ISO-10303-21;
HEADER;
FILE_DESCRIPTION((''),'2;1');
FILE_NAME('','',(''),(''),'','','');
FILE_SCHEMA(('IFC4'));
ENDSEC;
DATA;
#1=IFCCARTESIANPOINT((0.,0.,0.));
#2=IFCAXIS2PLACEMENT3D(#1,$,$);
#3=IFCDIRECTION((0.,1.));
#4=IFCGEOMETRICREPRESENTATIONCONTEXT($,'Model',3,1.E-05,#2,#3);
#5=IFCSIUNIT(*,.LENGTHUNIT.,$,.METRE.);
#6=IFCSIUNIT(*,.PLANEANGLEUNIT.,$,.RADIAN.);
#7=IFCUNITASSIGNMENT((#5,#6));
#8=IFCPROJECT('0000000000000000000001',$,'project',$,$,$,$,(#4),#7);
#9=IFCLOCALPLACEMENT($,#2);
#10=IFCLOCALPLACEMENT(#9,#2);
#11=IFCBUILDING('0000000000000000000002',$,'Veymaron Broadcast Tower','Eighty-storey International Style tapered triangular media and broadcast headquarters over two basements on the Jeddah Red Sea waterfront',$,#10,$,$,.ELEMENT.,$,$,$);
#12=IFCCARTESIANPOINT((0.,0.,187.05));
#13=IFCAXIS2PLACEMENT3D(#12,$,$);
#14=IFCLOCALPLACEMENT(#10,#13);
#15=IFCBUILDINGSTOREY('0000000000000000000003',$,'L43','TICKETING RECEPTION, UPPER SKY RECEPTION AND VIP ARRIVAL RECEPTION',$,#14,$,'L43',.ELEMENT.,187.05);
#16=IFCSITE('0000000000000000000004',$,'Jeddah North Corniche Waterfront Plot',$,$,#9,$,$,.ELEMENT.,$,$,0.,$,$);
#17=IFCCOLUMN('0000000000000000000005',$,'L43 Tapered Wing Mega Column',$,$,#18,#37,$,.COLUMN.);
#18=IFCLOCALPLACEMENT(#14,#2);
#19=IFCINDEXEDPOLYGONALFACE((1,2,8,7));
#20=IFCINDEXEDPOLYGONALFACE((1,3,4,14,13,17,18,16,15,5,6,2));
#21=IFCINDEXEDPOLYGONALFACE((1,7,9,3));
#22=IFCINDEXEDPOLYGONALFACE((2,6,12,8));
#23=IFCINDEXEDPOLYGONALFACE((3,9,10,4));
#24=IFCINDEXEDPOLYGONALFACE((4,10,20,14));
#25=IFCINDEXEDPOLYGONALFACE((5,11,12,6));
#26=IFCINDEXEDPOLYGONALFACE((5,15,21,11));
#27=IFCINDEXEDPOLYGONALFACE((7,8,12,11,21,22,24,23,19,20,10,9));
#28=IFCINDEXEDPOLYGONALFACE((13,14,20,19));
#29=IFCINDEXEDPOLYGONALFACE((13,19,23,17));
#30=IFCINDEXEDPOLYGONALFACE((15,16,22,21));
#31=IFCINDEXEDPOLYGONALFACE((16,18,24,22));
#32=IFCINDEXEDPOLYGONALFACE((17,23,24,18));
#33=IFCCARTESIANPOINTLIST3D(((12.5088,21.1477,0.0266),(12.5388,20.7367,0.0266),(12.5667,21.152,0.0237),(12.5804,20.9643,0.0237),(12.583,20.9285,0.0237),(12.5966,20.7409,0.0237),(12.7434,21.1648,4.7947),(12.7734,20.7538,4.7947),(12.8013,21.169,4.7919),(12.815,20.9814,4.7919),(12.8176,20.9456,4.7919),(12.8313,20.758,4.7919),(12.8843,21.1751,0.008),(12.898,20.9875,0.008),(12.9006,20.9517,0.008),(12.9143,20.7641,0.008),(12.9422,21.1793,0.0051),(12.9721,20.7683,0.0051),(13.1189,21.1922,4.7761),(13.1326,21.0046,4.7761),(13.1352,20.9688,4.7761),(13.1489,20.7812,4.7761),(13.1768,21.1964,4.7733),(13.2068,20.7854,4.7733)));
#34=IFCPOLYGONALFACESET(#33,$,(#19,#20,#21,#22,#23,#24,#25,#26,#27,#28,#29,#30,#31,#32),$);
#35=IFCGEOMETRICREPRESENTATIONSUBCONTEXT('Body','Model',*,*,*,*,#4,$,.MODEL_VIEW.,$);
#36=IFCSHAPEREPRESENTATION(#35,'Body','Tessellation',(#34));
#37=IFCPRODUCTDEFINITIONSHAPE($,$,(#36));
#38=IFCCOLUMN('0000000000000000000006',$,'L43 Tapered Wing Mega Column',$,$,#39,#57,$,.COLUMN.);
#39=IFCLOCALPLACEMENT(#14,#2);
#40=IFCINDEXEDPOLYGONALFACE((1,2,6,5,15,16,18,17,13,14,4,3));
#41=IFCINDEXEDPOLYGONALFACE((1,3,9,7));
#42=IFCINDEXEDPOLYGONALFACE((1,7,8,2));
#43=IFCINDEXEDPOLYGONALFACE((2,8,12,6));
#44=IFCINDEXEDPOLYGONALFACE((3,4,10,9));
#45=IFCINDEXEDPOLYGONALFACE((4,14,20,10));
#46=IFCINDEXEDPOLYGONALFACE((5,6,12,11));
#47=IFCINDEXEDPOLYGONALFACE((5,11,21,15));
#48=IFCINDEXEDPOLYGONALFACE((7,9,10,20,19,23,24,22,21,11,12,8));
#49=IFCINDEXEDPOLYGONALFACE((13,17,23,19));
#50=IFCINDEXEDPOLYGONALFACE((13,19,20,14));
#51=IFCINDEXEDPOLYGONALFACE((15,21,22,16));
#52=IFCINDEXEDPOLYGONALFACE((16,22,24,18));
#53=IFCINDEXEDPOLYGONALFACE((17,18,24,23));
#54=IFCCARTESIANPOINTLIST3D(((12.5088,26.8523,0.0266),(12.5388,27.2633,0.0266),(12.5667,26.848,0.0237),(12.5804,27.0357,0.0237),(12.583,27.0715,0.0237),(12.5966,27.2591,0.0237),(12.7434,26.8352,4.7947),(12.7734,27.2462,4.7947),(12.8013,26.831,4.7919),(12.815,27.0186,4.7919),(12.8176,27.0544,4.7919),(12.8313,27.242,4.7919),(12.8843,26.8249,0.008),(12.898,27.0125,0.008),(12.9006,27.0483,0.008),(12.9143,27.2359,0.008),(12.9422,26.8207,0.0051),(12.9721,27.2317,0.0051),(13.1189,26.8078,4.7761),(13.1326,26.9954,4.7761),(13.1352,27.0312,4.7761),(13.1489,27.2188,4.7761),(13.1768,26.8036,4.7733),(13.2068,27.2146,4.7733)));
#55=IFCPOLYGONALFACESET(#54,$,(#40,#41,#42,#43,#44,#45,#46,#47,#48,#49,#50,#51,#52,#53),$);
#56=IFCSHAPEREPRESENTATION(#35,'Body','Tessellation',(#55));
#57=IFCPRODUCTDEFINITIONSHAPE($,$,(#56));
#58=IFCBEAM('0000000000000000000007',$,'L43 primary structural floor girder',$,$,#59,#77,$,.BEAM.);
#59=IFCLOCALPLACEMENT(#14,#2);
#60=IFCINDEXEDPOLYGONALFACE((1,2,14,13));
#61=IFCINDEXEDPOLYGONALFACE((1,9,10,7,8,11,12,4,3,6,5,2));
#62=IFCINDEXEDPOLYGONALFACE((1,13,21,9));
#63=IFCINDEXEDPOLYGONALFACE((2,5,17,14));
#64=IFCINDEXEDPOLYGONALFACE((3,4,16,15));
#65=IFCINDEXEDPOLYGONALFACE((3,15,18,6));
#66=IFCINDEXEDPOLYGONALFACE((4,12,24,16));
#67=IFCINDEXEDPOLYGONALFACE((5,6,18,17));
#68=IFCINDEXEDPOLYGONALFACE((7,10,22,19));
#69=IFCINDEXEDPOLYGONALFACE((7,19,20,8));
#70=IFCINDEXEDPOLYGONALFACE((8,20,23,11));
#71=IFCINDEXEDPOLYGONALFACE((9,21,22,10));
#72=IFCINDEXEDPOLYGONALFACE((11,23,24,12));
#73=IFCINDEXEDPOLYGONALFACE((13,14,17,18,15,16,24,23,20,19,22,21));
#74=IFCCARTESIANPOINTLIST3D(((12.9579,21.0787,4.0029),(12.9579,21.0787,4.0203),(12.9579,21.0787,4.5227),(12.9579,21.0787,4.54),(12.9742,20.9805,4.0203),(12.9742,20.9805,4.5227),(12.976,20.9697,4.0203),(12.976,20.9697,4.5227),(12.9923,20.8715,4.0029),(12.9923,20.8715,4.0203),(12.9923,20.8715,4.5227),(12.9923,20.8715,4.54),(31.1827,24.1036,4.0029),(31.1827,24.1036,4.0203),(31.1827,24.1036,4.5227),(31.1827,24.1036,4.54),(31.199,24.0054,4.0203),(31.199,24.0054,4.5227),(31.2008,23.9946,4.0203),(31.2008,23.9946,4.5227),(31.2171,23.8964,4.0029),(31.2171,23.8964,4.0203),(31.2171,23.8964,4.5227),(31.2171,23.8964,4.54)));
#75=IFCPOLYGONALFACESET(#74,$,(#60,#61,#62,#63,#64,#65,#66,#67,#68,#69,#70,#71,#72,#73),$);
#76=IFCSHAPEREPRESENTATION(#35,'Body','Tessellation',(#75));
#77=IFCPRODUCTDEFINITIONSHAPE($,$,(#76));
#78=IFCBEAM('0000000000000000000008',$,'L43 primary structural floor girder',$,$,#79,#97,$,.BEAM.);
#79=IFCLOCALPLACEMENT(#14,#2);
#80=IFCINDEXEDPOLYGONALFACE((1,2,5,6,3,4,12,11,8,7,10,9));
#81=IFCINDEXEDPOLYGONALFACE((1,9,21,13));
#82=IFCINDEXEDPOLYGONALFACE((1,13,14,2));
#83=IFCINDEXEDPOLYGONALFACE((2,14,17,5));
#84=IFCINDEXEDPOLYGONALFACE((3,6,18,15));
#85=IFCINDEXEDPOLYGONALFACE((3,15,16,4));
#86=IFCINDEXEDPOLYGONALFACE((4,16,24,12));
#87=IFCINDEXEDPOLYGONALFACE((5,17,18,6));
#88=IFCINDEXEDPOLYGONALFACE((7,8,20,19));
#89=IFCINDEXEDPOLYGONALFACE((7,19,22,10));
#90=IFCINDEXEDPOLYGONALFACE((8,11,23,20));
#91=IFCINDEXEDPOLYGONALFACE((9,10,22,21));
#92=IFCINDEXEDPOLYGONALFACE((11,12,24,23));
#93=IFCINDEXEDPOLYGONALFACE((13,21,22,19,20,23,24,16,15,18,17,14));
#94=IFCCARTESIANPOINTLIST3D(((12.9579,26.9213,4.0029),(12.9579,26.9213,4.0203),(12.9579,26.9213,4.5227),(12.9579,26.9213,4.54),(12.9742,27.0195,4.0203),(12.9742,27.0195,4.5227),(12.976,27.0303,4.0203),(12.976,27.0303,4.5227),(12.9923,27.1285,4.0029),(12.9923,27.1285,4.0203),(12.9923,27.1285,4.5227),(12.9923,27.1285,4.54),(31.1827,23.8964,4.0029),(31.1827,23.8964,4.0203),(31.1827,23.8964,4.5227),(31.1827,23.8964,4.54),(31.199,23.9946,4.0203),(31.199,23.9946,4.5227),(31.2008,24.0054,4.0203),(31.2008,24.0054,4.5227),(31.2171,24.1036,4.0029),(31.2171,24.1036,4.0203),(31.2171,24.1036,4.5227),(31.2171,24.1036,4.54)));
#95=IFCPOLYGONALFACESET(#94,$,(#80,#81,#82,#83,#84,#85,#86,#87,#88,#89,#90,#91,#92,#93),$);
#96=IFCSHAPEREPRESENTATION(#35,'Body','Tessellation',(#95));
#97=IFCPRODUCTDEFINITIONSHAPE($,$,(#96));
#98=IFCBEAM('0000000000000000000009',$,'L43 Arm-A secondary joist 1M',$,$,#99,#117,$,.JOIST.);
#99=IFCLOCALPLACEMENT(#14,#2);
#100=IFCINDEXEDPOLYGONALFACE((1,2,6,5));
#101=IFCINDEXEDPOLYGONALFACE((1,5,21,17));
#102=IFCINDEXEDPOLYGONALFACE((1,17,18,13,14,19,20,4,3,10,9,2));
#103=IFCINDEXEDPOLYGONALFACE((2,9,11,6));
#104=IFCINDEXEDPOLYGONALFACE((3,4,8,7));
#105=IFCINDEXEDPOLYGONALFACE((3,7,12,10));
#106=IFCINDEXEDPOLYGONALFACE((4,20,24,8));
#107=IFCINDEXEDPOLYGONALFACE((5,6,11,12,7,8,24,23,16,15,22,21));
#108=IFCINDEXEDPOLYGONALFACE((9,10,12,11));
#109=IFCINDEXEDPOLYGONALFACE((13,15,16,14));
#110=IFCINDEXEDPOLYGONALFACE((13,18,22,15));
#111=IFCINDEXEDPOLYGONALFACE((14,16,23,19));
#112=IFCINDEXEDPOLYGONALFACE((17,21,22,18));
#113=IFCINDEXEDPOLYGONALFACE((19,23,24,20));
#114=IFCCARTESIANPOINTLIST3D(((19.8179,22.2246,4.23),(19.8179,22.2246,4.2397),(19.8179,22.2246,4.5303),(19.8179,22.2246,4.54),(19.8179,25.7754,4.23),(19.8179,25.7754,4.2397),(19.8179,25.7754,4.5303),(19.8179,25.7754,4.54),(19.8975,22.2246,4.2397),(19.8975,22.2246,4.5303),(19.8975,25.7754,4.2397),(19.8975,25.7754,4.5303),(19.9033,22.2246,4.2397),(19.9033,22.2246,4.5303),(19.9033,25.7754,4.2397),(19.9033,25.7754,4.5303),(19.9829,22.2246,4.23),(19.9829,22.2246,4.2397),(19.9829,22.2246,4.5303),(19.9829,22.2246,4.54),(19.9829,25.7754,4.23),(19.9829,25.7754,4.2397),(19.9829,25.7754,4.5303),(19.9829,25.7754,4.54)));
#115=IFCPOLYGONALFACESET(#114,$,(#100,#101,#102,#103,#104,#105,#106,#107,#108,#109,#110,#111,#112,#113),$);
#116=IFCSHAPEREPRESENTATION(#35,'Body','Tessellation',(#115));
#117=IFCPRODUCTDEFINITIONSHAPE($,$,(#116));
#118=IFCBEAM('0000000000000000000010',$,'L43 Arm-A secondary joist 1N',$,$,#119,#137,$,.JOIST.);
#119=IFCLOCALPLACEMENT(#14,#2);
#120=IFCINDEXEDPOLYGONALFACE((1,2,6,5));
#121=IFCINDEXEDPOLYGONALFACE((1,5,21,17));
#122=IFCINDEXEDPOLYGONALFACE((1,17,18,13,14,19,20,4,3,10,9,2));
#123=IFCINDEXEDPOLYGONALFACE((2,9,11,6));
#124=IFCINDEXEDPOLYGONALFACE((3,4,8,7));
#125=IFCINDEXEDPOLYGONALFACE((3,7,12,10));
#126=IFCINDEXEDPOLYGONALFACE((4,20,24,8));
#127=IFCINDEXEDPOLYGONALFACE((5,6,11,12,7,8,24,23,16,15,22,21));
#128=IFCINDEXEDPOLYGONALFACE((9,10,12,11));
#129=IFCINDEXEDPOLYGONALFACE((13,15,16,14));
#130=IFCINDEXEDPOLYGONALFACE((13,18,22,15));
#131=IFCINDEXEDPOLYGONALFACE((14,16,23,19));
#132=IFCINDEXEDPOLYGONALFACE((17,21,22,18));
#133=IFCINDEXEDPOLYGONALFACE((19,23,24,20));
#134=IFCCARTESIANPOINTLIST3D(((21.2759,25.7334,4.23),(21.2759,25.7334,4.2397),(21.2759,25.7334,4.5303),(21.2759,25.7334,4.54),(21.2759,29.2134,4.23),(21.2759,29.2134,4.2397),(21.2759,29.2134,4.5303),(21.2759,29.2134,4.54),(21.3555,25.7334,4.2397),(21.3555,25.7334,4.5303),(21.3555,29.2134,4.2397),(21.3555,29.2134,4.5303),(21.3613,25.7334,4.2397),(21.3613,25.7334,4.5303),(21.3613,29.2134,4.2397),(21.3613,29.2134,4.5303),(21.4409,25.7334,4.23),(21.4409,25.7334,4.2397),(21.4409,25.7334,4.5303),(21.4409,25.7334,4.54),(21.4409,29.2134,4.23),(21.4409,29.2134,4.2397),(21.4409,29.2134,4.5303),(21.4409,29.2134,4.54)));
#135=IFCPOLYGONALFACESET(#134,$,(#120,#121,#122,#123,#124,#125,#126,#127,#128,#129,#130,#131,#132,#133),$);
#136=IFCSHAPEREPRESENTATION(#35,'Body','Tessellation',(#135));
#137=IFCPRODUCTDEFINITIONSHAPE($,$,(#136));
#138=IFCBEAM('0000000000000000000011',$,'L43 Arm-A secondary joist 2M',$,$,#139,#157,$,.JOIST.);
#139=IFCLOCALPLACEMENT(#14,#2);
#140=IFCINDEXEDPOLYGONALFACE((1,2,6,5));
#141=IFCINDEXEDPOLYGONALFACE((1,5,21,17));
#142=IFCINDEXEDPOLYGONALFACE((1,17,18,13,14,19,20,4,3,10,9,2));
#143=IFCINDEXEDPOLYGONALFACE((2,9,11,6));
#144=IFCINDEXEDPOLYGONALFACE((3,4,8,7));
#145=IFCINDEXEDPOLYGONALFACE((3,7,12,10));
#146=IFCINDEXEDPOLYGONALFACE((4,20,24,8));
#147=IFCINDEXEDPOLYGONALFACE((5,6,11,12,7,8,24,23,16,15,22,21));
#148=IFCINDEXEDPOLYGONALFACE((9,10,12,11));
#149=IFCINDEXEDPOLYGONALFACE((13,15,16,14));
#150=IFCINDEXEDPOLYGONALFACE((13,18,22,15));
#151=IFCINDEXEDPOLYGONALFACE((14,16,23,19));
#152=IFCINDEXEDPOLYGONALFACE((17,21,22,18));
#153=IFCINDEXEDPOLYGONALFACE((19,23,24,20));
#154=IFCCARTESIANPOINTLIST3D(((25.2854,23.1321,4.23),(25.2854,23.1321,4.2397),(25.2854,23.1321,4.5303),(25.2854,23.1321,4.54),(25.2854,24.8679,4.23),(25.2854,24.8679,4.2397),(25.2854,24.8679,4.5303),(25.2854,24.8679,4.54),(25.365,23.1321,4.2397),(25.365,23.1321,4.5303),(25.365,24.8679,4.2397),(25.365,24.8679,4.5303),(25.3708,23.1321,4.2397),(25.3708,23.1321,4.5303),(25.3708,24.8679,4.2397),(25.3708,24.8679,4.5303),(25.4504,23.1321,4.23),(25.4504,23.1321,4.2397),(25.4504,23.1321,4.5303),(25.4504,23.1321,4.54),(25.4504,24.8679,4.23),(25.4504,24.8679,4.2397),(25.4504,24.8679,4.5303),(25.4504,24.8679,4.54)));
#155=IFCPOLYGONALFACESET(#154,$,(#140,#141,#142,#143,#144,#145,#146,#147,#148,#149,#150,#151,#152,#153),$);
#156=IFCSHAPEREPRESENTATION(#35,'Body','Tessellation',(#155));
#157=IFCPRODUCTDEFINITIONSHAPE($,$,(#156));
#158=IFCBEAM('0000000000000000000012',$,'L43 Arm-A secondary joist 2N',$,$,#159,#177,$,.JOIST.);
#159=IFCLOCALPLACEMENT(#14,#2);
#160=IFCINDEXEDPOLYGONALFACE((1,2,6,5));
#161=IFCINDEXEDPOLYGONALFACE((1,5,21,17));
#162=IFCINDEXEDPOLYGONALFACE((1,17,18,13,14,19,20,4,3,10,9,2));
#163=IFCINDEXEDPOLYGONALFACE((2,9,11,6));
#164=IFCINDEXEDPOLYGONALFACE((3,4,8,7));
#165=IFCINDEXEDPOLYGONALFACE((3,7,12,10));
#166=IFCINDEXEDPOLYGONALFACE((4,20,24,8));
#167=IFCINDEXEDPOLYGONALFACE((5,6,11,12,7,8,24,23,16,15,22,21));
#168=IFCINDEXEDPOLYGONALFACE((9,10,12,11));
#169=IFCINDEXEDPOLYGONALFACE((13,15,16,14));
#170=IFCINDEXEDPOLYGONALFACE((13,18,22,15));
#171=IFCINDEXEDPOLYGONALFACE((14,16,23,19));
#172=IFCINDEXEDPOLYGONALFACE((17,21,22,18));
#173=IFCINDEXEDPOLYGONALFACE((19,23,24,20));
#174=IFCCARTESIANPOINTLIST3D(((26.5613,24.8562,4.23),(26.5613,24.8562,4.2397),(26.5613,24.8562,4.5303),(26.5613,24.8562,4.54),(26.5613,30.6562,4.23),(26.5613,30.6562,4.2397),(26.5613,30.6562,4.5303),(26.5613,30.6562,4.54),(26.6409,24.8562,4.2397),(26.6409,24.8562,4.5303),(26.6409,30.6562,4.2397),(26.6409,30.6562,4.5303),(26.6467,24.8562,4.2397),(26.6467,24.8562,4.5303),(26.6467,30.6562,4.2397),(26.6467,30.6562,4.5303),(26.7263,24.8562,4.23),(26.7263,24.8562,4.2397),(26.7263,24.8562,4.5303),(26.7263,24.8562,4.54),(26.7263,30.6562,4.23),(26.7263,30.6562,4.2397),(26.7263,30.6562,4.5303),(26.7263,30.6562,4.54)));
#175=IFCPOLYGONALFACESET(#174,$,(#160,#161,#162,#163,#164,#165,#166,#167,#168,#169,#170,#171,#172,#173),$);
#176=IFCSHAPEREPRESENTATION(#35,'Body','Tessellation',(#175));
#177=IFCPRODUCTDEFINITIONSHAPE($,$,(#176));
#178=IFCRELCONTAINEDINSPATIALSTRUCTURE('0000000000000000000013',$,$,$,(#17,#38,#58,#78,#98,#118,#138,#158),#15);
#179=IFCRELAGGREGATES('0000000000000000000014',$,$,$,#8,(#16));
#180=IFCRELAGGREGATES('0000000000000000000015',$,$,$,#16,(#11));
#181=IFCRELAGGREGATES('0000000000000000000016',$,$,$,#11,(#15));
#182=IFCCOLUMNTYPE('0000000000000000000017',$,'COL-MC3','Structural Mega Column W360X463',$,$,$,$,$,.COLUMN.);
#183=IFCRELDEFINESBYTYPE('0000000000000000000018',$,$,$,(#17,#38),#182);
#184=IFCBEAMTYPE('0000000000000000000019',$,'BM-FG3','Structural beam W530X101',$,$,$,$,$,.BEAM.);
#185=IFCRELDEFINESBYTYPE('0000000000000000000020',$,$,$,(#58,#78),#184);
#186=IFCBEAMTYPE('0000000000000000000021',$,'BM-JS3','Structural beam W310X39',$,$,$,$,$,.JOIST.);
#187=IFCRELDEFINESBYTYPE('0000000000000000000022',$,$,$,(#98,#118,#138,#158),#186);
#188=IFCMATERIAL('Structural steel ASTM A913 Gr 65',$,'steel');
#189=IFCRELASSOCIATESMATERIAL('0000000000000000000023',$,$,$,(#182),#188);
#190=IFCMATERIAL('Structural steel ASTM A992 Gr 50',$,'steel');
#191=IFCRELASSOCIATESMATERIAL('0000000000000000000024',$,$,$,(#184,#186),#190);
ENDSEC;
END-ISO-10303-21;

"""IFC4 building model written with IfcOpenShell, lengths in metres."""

from ifc_helpers import new_model, si_unit, direction, frame, origin, origin_2d, place, context, subcontext, project, spatial, i_section, extrude, material, material_profile, profile_set, type_object, element, save


model = new_model("IFC4")

# Units and contexts
model_context = context("Model", 3, precision=1e-05, world=origin(), true_north=direction((0.0, 1.0)))
body_context = subcontext(model_context, "Body", "Model", "MODEL_VIEW")
ifc_project = project(units=[si_unit("LENGTHUNIT", "METRE"), si_unit("PLANEANGLEUNIT", "RADIAN")], contexts=[model_context])

# Site, building, storey
site_placement = place(None, origin())
site = spatial("IfcSite", under=ifc_project, at=site_placement, Name="Jeddah North Corniche Waterfront Plot", CompositionType="ELEMENT", RefElevation=0.0)
building_placement = place(site_placement, origin())
building = spatial("IfcBuilding", under=site, at=building_placement, Name="Veymaron Broadcast Tower", Description="Eighty-storey International Style tapered triangular media and broadcast headquarters over two basements on the Jeddah Red Sea waterfront", CompositionType="ELEMENT")
storey_placement = place(building_placement, frame((0.0, 0.0, 187.05)))
storey = spatial("IfcBuildingStorey", under=building, at=storey_placement, Name="L43", Description="TICKETING RECEPTION, UPPER SKY RECEPTION AND VIP ARRIVAL RECEPTION", LongName="L43", CompositionType="ELEMENT", Elevation=187.05)

# Columns
ifc_material_1 = material(Name="Structural steel ASTM A913 Gr 65", Category="steel")
ifc_material_profile_1 = material_profile(ifc_material_1, i_section(OverallWidth=0.4121, OverallDepth=0.4351, WebThickness=0.0359, FlangeThickness=0.0581, at=origin_2d()), Name="W360X463")
ifc_profile_set_1 = profile_set([ifc_material_profile_1], Name="Structural steel ASTM A913 Gr 65")
column_type = type_object("IfcColumnType", Name="COL-MC3", Description="Structural Mega Column W360X463", PredefinedType="COLUMN", material=ifc_profile_set_1)
for number, where, z_axis, x_axis, name in (
    (1, (12.7405, 20.958, 0.0159), (0.049147, 0.00358, 0.998785), (-0.072648, 0.997358, 0.0), "L43 Tapered Wing Mega Column"),
    (2, (12.7405, 27.042, 0.0159), (0.049147, -0.00358, 0.998785), (0.072648, 0.997358, 0.0), "L43 Tapered Wing Mega Column"),
):
    element("IfcColumn", number, at=place(storey_placement, frame(where, z_axis=z_axis, x_axis=x_axis)), inside=storey, type_object=column_type, Name=name, PredefinedType="COLUMN", context=body_context, shape_type="SweptSolid", body=[
        extrude(i_section(OverallWidth=0.4121, OverallDepth=0.4351, WebThickness=0.0359, FlangeThickness=0.0581, at=origin_2d()), origin(), (0.0, 0.0, 1.0), 4.7739),
    ])

# Beams
ifc_material_2 = material(Name="Structural steel ASTM A992 Gr 50", Category="steel")
ifc_material_profile_2 = material_profile(ifc_material_2, i_section(OverallWidth=0.21, OverallDepth=0.5371, WebThickness=0.011, FlangeThickness=0.0173, at=origin_2d()), Name="W530X101")
ifc_profile_set_2 = profile_set([ifc_material_profile_2], Name="Structural steel ASTM A992 Gr 50")
beam_type_1 = type_object("IfcBeamType", Name="BM-FG3", Description="Structural beam W530X101", PredefinedType="BEAM", material=ifc_profile_set_2)
for number, where, z_axis, x_axis, name in (
    (3, (12.9751, 20.9751, 4.2715), (0.986504, 0.163737, 0.0), (-0.163737, 0.986504, 0.0), "L43 primary structural floor girder"),
    (4, (12.9751, 27.0249, 4.2715), (0.986504, -0.163737, 0.0), (0.163737, 0.986504, 0.0), "L43 primary structural floor girder"),
):
    element("IfcBeam", number, at=place(storey_placement, frame(where, z_axis=z_axis, x_axis=x_axis)), inside=storey, type_object=beam_type_1, Name=name, PredefinedType="BEAM", context=body_context, shape_type="SweptSolid", body=[
        extrude(i_section(OverallWidth=0.21, OverallDepth=0.5371, WebThickness=0.011, FlangeThickness=0.0173, at=origin_2d()), origin(), (0.0, 0.0, 1.0), 18.4741),
    ])
ifc_material_profile_3 = material_profile(ifc_material_2, i_section(OverallWidth=0.165, OverallDepth=0.3101, WebThickness=0.0059, FlangeThickness=0.0098, at=origin_2d()), Name="W310X39")
ifc_profile_set_3 = profile_set([ifc_material_profile_3], Name="Structural steel ASTM A992 Gr 50")
beam_type_2 = type_object("IfcBeamType", Name="BM-JS3", Description="Structural beam W310X39", PredefinedType="JOIST", material=ifc_profile_set_3)
beam_1_placement = place(storey_placement, frame((19.9004, 22.2246, 4.385), z_axis=(0.0, 1.0, 0.0), x_axis=(-1.0, 0.0, 0.0)))
element("IfcBeam", 5, at=beam_1_placement, inside=storey, type_object=beam_type_2, Name="L43 Arm-A secondary joist 1M", PredefinedType="JOIST", context=body_context, shape_type="SweptSolid", body=[
    extrude(i_section(OverallWidth=0.165, OverallDepth=0.3101, WebThickness=0.0059, FlangeThickness=0.0098, at=origin_2d()), origin(), (0.0, 0.0, 1.0), 3.5508),
])
beam_2_placement = place(storey_placement, frame((21.3584, 25.7334, 4.385), z_axis=(0.0, 1.0, 0.0), x_axis=(-1.0, 0.0, 0.0)))
element("IfcBeam", 6, at=beam_2_placement, inside=storey, type_object=beam_type_2, Name="L43 Arm-A secondary joist 1N", PredefinedType="JOIST", context=body_context, shape_type="SweptSolid", body=[
    extrude(i_section(OverallWidth=0.165, OverallDepth=0.3101, WebThickness=0.0059, FlangeThickness=0.0098, at=origin_2d()), origin(), (0.0, 0.0, 1.0), 3.48),
])
beam_3_placement = place(storey_placement, frame((25.3679, 23.1321, 4.385), z_axis=(0.0, 1.0, 0.0), x_axis=(-1.0, 0.0, 0.0)))
element("IfcBeam", 7, at=beam_3_placement, inside=storey, type_object=beam_type_2, Name="L43 Arm-A secondary joist 2M", PredefinedType="JOIST", context=body_context, shape_type="SweptSolid", body=[
    extrude(i_section(OverallWidth=0.165, OverallDepth=0.3101, WebThickness=0.0059, FlangeThickness=0.0098, at=origin_2d()), origin(), (0.0, 0.0, 1.0), 1.7358),
])
beam_4_placement = place(storey_placement, frame((26.6438, 24.8562, 4.385), z_axis=(0.0, 1.0, 0.0), x_axis=(-1.0, 0.0, 0.0)))
element("IfcBeam", 8, at=beam_4_placement, inside=storey, type_object=beam_type_2, Name="L43 Arm-A secondary joist 2N", PredefinedType="JOIST", context=body_context, shape_type="SweptSolid", body=[
    extrude(i_section(OverallWidth=0.165, OverallDepth=0.3101, WebThickness=0.0059, FlangeThickness=0.0098, at=origin_2d()), origin(), (0.0, 0.0, 1.0), 5.8),
])

save(model, "model.ifc")
